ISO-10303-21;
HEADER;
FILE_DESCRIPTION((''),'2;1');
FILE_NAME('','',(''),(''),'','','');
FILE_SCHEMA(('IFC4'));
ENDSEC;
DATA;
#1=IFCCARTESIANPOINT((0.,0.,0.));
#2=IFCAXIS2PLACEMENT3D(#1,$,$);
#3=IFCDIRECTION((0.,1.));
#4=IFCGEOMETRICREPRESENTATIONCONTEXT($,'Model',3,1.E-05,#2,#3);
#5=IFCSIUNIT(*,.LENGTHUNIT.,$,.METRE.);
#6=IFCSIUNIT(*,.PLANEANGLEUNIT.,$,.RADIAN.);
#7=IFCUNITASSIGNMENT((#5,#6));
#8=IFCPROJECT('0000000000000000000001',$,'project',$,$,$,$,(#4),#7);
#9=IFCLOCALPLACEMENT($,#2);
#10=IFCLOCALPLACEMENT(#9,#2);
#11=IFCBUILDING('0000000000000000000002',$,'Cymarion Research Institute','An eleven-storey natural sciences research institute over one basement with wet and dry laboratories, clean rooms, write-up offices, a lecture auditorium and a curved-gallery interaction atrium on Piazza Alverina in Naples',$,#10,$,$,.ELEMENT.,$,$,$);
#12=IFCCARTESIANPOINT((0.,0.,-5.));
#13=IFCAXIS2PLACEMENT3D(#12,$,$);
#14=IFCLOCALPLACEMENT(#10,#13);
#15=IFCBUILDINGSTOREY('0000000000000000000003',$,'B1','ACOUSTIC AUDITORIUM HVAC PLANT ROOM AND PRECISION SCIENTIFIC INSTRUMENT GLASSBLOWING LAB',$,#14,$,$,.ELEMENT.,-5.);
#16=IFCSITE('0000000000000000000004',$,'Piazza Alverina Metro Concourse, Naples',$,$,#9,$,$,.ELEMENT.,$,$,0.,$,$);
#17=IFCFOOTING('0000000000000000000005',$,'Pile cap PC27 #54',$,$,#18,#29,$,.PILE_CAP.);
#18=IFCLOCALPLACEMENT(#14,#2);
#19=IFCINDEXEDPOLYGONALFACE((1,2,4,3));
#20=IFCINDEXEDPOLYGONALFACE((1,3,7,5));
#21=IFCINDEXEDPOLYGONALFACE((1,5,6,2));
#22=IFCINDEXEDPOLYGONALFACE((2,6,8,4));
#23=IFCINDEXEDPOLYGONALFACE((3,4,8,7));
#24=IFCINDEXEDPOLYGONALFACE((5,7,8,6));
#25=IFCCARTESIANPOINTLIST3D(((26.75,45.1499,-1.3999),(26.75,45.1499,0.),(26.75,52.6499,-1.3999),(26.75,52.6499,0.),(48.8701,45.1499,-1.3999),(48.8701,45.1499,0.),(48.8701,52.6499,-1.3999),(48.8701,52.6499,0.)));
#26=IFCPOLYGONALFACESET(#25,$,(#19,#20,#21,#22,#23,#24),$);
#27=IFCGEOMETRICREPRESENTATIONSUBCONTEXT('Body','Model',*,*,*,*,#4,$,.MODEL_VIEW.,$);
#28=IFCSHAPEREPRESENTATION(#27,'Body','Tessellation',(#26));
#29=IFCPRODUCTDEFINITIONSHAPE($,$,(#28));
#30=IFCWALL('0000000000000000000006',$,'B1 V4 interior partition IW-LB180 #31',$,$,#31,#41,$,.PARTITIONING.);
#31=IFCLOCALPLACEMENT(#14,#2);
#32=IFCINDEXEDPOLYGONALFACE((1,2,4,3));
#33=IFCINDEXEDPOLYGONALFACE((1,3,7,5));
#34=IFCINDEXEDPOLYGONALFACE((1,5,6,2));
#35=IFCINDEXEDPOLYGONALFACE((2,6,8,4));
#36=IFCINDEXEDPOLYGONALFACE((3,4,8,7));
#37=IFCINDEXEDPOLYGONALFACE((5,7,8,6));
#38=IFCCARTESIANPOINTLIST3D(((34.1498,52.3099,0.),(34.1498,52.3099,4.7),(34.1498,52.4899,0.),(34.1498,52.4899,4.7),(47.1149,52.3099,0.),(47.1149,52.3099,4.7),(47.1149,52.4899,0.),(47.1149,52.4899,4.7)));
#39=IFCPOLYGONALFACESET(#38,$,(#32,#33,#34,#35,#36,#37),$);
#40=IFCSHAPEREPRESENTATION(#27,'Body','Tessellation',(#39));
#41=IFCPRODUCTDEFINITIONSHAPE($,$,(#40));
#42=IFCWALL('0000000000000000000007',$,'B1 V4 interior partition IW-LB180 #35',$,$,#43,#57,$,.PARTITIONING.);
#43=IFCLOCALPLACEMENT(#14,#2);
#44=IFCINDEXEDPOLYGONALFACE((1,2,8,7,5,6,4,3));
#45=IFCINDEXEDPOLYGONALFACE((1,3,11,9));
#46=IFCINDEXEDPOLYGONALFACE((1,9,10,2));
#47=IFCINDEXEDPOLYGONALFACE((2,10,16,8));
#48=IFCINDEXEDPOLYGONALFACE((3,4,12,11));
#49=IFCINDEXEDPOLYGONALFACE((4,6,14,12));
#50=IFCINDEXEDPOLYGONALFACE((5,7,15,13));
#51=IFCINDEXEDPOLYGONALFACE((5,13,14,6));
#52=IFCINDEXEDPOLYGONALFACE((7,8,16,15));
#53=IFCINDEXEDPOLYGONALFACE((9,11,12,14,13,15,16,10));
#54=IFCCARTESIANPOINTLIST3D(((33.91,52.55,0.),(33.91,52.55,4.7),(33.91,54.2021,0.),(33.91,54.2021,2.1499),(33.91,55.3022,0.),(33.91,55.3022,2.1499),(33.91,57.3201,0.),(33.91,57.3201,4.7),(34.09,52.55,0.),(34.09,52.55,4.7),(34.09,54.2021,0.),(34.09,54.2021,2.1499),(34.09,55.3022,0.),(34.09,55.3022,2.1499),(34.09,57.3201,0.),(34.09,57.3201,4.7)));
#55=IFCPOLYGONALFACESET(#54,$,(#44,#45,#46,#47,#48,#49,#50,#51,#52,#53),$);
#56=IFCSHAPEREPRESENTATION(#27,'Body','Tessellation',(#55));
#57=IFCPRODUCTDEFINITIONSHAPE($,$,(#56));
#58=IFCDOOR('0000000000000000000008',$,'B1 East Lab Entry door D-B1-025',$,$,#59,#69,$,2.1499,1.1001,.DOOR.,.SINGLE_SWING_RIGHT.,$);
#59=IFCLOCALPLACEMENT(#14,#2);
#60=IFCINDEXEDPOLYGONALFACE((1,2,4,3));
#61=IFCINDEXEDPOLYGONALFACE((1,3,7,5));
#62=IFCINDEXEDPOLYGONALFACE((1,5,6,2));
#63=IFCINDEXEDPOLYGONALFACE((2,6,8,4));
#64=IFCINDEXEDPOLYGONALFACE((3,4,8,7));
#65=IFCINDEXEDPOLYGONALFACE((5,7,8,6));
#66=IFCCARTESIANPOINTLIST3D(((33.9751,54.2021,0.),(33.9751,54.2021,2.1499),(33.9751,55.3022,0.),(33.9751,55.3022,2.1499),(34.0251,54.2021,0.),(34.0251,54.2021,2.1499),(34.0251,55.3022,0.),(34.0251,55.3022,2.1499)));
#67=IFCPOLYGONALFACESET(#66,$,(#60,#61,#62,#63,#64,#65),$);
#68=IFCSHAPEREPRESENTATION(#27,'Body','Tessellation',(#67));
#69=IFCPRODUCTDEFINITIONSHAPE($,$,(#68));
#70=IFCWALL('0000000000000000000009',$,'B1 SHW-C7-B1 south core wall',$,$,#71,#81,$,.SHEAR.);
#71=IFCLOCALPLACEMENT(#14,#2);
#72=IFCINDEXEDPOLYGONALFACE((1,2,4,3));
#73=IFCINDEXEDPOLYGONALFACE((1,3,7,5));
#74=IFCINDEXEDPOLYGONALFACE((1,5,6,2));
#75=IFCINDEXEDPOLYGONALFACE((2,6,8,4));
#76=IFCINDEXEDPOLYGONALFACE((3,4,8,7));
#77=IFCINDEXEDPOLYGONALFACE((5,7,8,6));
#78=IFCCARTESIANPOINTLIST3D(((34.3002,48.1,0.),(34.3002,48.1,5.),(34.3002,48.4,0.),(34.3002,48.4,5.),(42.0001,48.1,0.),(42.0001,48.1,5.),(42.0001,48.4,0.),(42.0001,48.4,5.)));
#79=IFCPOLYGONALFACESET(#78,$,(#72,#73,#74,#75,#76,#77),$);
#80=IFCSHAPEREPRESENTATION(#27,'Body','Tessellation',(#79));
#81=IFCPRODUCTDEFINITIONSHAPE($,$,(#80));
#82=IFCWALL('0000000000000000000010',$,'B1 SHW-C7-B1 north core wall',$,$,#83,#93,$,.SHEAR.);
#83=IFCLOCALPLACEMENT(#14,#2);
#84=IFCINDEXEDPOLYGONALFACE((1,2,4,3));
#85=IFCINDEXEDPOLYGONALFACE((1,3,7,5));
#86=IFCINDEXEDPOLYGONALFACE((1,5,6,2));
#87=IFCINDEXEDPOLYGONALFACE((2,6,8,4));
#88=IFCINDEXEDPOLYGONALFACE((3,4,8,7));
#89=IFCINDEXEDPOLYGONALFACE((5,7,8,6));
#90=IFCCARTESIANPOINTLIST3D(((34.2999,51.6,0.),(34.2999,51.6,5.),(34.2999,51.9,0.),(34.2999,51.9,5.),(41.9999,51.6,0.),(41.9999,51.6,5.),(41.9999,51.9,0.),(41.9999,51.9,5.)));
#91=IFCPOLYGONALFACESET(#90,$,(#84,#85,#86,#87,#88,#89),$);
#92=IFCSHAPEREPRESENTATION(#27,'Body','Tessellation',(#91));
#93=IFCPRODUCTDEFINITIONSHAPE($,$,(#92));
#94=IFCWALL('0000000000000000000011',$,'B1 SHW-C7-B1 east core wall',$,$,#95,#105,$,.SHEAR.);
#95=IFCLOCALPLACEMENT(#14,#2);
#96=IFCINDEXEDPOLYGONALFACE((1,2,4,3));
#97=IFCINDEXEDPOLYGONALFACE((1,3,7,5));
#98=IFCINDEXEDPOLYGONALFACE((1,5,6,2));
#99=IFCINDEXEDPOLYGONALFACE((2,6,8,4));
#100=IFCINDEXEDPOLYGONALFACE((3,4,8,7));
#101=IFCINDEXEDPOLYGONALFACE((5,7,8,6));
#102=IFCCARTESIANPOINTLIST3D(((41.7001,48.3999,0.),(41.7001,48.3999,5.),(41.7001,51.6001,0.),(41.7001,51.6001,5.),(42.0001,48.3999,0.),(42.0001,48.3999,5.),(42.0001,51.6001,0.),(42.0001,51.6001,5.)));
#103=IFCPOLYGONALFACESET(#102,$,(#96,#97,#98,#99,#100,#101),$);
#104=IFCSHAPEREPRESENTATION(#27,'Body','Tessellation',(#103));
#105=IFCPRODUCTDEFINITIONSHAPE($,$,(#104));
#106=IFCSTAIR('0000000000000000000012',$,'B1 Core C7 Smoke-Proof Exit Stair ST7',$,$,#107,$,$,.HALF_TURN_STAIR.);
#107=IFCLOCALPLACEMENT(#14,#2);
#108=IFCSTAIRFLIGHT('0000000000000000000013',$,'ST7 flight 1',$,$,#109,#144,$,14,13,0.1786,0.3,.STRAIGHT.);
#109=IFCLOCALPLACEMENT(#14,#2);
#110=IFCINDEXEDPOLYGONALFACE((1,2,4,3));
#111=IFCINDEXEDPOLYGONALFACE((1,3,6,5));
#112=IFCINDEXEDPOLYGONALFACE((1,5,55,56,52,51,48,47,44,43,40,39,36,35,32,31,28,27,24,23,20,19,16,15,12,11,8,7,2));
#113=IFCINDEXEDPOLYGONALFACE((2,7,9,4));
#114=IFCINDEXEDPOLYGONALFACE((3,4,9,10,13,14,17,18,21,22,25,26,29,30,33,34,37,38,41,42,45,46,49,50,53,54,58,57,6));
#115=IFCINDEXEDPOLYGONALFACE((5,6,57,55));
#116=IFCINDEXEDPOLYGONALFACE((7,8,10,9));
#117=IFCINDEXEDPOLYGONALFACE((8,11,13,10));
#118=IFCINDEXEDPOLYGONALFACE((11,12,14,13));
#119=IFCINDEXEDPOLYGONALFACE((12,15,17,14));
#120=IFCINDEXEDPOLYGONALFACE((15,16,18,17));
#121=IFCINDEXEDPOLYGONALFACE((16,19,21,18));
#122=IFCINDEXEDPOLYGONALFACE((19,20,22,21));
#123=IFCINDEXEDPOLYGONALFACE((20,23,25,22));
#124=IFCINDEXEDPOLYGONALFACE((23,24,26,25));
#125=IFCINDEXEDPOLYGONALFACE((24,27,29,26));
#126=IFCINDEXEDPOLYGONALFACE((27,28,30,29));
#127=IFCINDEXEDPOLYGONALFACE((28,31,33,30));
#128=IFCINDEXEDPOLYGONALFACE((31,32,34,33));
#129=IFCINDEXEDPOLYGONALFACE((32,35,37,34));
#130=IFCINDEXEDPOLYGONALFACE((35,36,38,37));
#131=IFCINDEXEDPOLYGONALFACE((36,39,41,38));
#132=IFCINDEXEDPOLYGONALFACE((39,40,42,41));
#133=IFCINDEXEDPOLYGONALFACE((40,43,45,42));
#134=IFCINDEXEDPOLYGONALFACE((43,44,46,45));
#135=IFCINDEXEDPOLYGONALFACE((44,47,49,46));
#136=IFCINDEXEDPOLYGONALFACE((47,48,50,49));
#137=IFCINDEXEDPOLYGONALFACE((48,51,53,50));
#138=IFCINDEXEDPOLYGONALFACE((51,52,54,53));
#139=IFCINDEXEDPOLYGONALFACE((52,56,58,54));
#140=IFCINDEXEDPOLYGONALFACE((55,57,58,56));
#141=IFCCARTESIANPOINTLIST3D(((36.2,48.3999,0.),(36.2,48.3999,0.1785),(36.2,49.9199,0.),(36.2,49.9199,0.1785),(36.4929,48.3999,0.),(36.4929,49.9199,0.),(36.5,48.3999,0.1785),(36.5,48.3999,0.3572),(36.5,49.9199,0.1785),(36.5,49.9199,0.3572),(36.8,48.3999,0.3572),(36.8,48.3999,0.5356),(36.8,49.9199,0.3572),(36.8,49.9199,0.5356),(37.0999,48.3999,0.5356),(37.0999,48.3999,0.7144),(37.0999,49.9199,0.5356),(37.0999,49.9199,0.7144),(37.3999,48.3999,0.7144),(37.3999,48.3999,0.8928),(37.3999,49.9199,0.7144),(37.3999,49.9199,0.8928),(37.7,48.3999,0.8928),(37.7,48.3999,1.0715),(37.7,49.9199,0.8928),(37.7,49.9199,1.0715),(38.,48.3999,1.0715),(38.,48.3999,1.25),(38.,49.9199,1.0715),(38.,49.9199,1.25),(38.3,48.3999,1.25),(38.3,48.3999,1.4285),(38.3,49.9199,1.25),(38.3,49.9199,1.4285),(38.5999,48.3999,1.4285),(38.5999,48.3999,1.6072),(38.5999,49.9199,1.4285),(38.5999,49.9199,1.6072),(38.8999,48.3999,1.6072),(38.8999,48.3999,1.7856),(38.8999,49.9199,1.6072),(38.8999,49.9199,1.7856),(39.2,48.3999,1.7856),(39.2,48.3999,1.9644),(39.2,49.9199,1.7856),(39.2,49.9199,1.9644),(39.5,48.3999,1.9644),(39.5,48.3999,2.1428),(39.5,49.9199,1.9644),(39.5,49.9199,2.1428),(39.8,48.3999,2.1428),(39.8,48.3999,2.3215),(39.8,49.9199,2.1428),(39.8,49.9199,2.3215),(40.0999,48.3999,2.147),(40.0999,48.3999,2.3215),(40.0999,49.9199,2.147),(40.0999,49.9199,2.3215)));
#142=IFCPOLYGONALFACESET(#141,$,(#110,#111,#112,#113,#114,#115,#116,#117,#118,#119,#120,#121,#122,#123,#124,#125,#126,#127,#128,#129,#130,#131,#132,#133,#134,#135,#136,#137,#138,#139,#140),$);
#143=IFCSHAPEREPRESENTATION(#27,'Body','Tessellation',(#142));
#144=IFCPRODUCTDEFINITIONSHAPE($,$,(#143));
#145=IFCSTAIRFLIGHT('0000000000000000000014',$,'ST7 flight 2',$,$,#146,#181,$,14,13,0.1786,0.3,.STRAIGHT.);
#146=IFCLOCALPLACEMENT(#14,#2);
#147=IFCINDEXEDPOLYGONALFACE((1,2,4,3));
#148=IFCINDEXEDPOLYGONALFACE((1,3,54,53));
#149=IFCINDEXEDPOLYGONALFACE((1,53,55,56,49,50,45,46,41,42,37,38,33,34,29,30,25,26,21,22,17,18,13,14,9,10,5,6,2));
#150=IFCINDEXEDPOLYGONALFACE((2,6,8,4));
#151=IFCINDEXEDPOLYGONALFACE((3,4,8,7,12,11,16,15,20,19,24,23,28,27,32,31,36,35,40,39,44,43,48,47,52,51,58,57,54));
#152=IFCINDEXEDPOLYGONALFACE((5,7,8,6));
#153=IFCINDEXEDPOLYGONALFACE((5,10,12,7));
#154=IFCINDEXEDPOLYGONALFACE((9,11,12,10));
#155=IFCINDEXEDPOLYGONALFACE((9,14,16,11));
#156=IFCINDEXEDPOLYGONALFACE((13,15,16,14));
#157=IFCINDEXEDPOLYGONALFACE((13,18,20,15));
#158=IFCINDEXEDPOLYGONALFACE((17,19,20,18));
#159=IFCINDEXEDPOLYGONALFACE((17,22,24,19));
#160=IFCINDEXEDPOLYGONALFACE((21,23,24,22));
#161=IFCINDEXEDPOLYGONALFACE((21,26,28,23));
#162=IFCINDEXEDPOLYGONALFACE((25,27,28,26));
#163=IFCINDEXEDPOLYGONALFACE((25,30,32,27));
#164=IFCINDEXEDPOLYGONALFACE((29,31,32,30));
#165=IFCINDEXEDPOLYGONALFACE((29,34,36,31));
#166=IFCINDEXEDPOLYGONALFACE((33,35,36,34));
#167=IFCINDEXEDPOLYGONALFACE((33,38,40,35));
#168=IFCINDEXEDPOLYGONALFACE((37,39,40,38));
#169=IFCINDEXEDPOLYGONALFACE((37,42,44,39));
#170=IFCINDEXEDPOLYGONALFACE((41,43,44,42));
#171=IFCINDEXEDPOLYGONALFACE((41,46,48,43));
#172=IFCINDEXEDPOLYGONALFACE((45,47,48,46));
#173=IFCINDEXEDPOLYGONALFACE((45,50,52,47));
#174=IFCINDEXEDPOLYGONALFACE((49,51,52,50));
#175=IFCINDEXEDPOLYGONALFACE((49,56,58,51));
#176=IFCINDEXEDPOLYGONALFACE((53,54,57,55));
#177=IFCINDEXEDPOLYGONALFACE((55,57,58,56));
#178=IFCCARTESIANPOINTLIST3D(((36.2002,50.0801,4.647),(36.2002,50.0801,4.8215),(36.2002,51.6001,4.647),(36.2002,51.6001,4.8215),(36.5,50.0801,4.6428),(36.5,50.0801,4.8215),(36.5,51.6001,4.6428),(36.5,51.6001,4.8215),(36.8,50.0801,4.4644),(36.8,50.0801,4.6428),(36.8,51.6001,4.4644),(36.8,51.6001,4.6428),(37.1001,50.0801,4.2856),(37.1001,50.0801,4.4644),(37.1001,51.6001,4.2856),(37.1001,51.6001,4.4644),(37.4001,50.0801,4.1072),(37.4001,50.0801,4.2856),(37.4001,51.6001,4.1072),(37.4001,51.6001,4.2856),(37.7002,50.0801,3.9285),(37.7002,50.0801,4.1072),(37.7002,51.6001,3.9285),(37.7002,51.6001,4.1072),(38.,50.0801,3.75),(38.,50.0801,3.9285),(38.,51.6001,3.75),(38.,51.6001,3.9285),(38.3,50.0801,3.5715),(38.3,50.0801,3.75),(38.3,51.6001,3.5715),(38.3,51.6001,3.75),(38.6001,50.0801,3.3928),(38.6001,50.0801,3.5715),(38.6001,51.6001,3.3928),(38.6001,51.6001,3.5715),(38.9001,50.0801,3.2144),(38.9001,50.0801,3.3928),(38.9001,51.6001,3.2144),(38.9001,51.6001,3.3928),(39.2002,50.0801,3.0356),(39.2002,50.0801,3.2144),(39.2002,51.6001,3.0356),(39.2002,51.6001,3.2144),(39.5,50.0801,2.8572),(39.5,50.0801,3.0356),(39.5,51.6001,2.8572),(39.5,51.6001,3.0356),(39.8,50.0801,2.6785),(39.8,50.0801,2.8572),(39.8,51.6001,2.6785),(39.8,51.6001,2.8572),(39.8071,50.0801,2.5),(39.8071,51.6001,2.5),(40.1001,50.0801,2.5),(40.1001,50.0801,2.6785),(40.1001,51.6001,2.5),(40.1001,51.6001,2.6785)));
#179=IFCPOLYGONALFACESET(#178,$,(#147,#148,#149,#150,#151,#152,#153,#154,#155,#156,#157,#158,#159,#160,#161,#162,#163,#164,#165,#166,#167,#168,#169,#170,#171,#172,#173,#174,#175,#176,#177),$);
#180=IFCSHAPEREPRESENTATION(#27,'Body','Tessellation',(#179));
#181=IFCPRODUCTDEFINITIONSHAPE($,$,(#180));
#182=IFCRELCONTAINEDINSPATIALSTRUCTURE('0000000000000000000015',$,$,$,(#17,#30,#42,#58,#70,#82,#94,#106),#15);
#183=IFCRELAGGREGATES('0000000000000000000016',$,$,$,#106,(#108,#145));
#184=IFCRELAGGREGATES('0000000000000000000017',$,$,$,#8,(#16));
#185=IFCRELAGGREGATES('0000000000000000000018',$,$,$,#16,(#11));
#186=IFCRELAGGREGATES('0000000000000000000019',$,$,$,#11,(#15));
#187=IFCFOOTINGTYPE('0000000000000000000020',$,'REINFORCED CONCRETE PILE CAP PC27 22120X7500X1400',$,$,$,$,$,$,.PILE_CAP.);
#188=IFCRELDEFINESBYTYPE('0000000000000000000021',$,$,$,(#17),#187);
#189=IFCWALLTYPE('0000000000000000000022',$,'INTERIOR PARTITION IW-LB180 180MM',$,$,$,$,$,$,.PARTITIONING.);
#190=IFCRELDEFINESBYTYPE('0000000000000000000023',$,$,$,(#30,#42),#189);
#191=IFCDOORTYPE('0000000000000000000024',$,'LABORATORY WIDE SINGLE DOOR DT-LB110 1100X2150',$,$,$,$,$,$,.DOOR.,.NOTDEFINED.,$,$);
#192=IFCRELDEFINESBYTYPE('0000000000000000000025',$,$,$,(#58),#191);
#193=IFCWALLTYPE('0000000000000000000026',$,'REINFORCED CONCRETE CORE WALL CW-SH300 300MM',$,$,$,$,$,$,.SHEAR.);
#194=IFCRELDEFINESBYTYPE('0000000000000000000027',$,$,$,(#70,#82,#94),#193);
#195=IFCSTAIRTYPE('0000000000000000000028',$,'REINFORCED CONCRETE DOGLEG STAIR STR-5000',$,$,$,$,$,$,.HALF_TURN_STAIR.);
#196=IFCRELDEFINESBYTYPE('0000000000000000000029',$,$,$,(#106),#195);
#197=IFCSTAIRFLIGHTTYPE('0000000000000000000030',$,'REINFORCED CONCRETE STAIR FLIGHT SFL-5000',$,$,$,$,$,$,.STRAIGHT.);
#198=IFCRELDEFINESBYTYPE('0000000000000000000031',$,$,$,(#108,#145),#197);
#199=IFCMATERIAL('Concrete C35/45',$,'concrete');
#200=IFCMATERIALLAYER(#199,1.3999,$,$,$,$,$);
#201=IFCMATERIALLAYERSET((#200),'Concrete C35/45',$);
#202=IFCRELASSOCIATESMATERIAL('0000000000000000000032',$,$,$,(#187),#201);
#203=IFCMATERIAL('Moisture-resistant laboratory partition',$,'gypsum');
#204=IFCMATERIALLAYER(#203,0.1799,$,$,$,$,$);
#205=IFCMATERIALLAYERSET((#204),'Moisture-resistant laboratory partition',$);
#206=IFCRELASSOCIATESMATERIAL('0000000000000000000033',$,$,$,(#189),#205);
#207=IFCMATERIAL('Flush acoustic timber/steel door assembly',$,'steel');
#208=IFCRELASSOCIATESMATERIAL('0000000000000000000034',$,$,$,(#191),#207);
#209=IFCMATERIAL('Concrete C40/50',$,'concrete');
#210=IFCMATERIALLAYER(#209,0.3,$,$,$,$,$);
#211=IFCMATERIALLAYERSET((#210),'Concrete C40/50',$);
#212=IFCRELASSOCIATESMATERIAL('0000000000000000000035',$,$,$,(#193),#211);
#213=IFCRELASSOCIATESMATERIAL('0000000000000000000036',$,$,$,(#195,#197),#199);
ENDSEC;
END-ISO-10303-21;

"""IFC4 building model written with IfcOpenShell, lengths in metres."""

from ifc_helpers import new_model, si_unit, direction, frame, frame_2d, origin, origin_2d, place, context, subcontext, project, spatial, polyline, rectangle, outline, extrude, material, layer, layer_set, type_object, element, fill, aggregate, save


model = new_model("IFC4")

# Units and contexts
model_context = context("Model", 3, precision=1e-05, world=origin(), true_north=direction((0.0, 1.0)))
body_context = subcontext(model_context, "Body", "Model", "MODEL_VIEW")
ifc_project = project(units=[si_unit("LENGTHUNIT", "METRE"), si_unit("PLANEANGLEUNIT", "RADIAN")], contexts=[model_context])

# Site, building, storey
site_placement = place(None, origin())
site = spatial("IfcSite", under=ifc_project, at=site_placement, Name="Piazza Alverina Metro Concourse, Naples", CompositionType="ELEMENT", RefElevation=0.0)
building_placement = place(site_placement, origin())
building = spatial("IfcBuilding", under=site, at=building_placement, Name="Cymarion Research Institute", Description="An eleven-storey natural sciences research institute over one basement with wet and dry laboratories, clean rooms, write-up offices, a lecture auditorium and a curved-gallery interaction atrium on Piazza Alverina in Naples", CompositionType="ELEMENT")
storey_placement = place(building_placement, frame((0.0, 0.0, -5.0)))
storey = spatial("IfcBuildingStorey", under=building, at=storey_placement, Name="B1", Description="ACOUSTIC AUDITORIUM HVAC PLANT ROOM AND PRECISION SCIENTIFIC INSTRUMENT GLASSBLOWING LAB", CompositionType="ELEMENT", Elevation=-5.0)

# Shared definitions
ifc_material_1 = material(Name="Concrete C35/45", Category="concrete")

# Footing
ifc_layer_1 = layer(ifc_material_1, 1.3999)
ifc_layer_set_1 = layer_set([ifc_layer_1], Name="Concrete C35/45")
footing_type = type_object("IfcFootingType", Name="REINFORCED CONCRETE PILE CAP PC27 22120X7500X1400", PredefinedType="PILE_CAP", material=ifc_layer_set_1)
footing_placement = place(storey_placement, frame((37.8101, 48.8999, -1.3999), z_axis=(0.0, 0.0, 1.0), x_axis=(1.0, 0.0, 0.0)))
element("IfcFooting", 1, at=footing_placement, inside=storey, type_object=footing_type, Name="Pile cap PC27 #54", PredefinedType="PILE_CAP", context=body_context, shape_type="SweptSolid", body=[
    extrude(rectangle(XDim=22.1201, YDim=7.5, at=origin_2d()), origin(), (0.0, 0.0, 1.0), 1.3999),
])

# Wall
ifc_material_2 = material(Name="Moisture-resistant laboratory partition", Category="gypsum")
ifc_layer_2 = layer(ifc_material_2, 0.1799)
ifc_layer_set_2 = layer_set([ifc_layer_2], Name="Moisture-resistant laboratory partition")
wall_type_1 = type_object("IfcWallType", Name="INTERIOR PARTITION IW-LB180 180MM", PredefinedType="PARTITIONING", material=ifc_layer_set_2)
wall_1_placement = place(storey_placement, frame((34.1499, 52.3999, 0.0), z_axis=(0.0, 0.0, 1.0), x_axis=(1.0, 0.0, 0.0)))
element("IfcWall", 2, at=wall_1_placement, inside=storey, type_object=wall_type_1, Name="B1 V4 interior partition IW-LB180 #31", PredefinedType="PARTITIONING", context=body_context, shape_type="SweptSolid", body=[
    extrude(rectangle(XDim=12.9651, YDim=0.1799, at=frame_2d((6.4824, 0.0))), origin(), (0.0, 0.0, 1.0), 4.7),
])

# Wall, opening, door
wall_2_placement = place(storey_placement, frame((34.0, 52.55, 0.0), z_axis=(0.0, 0.0, 1.0), x_axis=(0.0, 1.0, 0.0)))
wall_2 = element("IfcWall", 3, at=wall_2_placement, inside=storey, type_object=wall_type_1, Name="B1 V4 interior partition IW-LB180 #35", PredefinedType="PARTITIONING", context=body_context, shape_type="SweptSolid", body=[
    extrude(rectangle(XDim=4.77, YDim=0.1799, at=frame_2d((2.385, 0.0))), origin(), (0.0, 0.0, 1.0), 4.7),
])
opening_1_placement = place(wall_2_placement, frame((1.6521, 0.0, 0.0)))
opening_1 = element("IfcOpeningElement", 4, at=opening_1_placement, cuts=wall_2, PredefinedType="OPENING", context=body_context, shape_type="SweptSolid", body=[
    extrude(rectangle(XDim=1.1001, YDim=2.1499, at=frame_2d((0.55, 1.075))), frame((0.0, 0.0999, 0.0), z_axis=(0.0, -1.0, 0.0), x_axis=(1.0, 0.0, 0.0)), (0.0, 0.0, 1.0), 0.2),
])
ifc_material_3 = material(Name="Flush acoustic timber/steel door assembly", Category="steel")
door_type_1 = type_object("IfcDoorType", Name="LABORATORY WIDE SINGLE DOOR DT-LB110 1100X2150", OperationType="NOTDEFINED", PredefinedType="DOOR", material=ifc_material_3)
door_1_placement = place(opening_1_placement, origin())
door_1 = element("IfcDoor", 5, at=door_1_placement, inside=storey, type_object=door_type_1, Name="B1 East Lab Entry door D-B1-025", OperationType="SINGLE_SWING_RIGHT", OverallHeight=2.1499, OverallWidth=1.1001, PredefinedType="DOOR", context=body_context, shape_type="SweptSolid", body=[
    extrude(rectangle(XDim=1.1001, YDim=2.1499, at=frame_2d((0.55, 1.075))), frame((0.0, 0.0249, 0.0), z_axis=(0.0, -1.0, 0.0), x_axis=(1.0, 0.0, 0.0)), (0.0, 0.0, 1.0), 0.05),
])
fill(opening_1, door_1)

# Walls
ifc_material_4 = material(Name="Concrete C40/50", Category="concrete")
ifc_layer_3 = layer(ifc_material_4, 0.3)
ifc_layer_set_3 = layer_set([ifc_layer_3], Name="Concrete C40/50")
wall_type_2 = type_object("IfcWallType", Name="REINFORCED CONCRETE CORE WALL CW-SH300 300MM", PredefinedType="SHEAR", material=ifc_layer_set_3)
for number, where, z_axis, x_axis, name in (
    (6, (34.3, 48.25, 0.0), (0.0, 0.0, 1.0), (1.0, 0.0, 0.0), "B1 SHW-C7-B1 south core wall"),
    (7, (42.0, 51.75, 0.0), (0.0, 0.0, 1.0), (-1.0, 0.0, 0.0), "B1 SHW-C7-B1 north core wall"),
):
    element("IfcWall", number, at=place(storey_placement, frame(where, z_axis=z_axis, x_axis=x_axis)), inside=storey, type_object=wall_type_2, Name=name, PredefinedType="SHEAR", context=body_context, shape_type="SweptSolid", body=[
        extrude(rectangle(XDim=7.7, YDim=0.3, at=frame_2d((3.8501, 0.0))), origin(), (0.0, 0.0, 1.0), 5.0),
    ])

# Wall
wall_3_placement = place(storey_placement, frame((41.8501, 48.3999, 0.0), z_axis=(0.0, 0.0, 1.0), x_axis=(0.0, 1.0, 0.0)))
element("IfcWall", 8, at=wall_3_placement, inside=storey, type_object=wall_type_2, Name="B1 SHW-C7-B1 east core wall", PredefinedType="SHEAR", context=body_context, shape_type="SweptSolid", body=[
    extrude(rectangle(XDim=3.2002, YDim=0.3, at=frame_2d((1.6001, 0.0))), origin(), (0.0, 0.0, 1.0), 5.0),
])

# Stair, stair flights
stair_type = type_object("IfcStairType", Name="REINFORCED CONCRETE DOGLEG STAIR STR-5000", PredefinedType="HALF_TURN_STAIR", material=ifc_material_1)
stair_placement = place(storey_placement, origin())
stair = element("IfcStair", 9, at=stair_placement, inside=storey, type_object=stair_type, Name="B1 Core C7 Smoke-Proof Exit Stair ST7", PredefinedType="HALF_TURN_STAIR")
stair_flight_type = type_object("IfcStairFlightType", Name="REINFORCED CONCRETE STAIR FLIGHT SFL-5000", PredefinedType="STRAIGHT", material=ifc_material_1)
stair_flight_1_placement = place(storey_placement, frame((36.2, 49.1599, 0.0), z_axis=(0.0, 0.0, 1.0), x_axis=(1.0, 0.0, 0.0)))
stair_flight_1 = element("IfcStairFlight", 10, at=stair_flight_1_placement, type_object=stair_flight_type, Name="ST7 flight 1", NumberOfRisers=14, NumberOfTreads=13, PredefinedType="STRAIGHT", RiserHeight=0.1786, TreadLength=0.3, context=body_context, shape_type="SweptSolid", body=[
    extrude(outline(polyline([(0.0, 0.0), (0.0, 0.1785), (0.3, 0.1785), (0.3, 0.3572), (0.6001, 0.3572), (0.6001, 0.5356), (0.8999, 0.5356), (0.8999, 0.7144), (1.2, 0.7144), (1.2, 0.8928), (1.5, 0.8928), (1.5, 1.0715), (1.8, 1.0715), (1.8, 1.25), (2.1001, 1.25), (2.1001, 1.4285), (2.3999, 1.4285), (2.3999, 1.6072), (2.7, 1.6072), (2.7, 1.7856), (3.0, 1.7856), (3.0, 1.9644), (3.3, 1.9644), (3.3, 2.1428), (3.6001, 2.1428), (3.6001, 2.3215), (3.8999, 2.3215), (3.8999, 2.5), (3.8999, 2.147), (0.293, 0.0), (0.0, 0.0)])), frame((0.0, 0.76, 0.0), z_axis=(0.0, -1.0, 0.0), x_axis=(1.0, 0.0, 0.0)), (0.0, 0.0, 1.0), 1.52),
])
stair_flight_2_placement = place(storey_placement, frame((40.1001, 50.8401, 2.5), z_axis=(0.0, 0.0, 1.0), x_axis=(-1.0, 0.0, 0.0)))
stair_flight_2 = element("IfcStairFlight", 11, at=stair_flight_2_placement, type_object=stair_flight_type, Name="ST7 flight 2", NumberOfRisers=14, NumberOfTreads=13, PredefinedType="STRAIGHT", RiserHeight=0.1786, TreadLength=0.3, context=body_context, shape_type="SweptSolid", body=[
    extrude(outline(polyline([(0.0, 0.0), (0.0, 0.1785), (0.3, 0.1785), (0.3, 0.3572), (0.6001, 0.3572), (0.6001, 0.5356), (0.8999, 0.5356), (0.8999, 0.7144), (1.2, 0.7144), (1.2, 0.8928), (1.5, 0.8928), (1.5, 1.0715), (1.8, 1.0715), (1.8, 1.25), (2.1001, 1.25), (2.1001, 1.4285), (2.3999, 1.4285), (2.3999, 1.6072), (2.7, 1.6072), (2.7, 1.7856), (3.0, 1.7856), (3.0, 1.9644), (3.3, 1.9644), (3.3, 2.1428), (3.6001, 2.1428), (3.6001, 2.3215), (3.8999, 2.3215), (3.8999, 2.5), (3.8999, 2.147), (0.293, 0.0), (0.0, 0.0)])), frame((0.0, 0.76, 0.0), z_axis=(0.0, -1.0, 0.0), x_axis=(1.0, 0.0, 0.0)), (0.0, 0.0, 1.0), 1.52),
])
aggregate(stair, [stair_flight_1, stair_flight_2])

save(model, "model.ifc")
